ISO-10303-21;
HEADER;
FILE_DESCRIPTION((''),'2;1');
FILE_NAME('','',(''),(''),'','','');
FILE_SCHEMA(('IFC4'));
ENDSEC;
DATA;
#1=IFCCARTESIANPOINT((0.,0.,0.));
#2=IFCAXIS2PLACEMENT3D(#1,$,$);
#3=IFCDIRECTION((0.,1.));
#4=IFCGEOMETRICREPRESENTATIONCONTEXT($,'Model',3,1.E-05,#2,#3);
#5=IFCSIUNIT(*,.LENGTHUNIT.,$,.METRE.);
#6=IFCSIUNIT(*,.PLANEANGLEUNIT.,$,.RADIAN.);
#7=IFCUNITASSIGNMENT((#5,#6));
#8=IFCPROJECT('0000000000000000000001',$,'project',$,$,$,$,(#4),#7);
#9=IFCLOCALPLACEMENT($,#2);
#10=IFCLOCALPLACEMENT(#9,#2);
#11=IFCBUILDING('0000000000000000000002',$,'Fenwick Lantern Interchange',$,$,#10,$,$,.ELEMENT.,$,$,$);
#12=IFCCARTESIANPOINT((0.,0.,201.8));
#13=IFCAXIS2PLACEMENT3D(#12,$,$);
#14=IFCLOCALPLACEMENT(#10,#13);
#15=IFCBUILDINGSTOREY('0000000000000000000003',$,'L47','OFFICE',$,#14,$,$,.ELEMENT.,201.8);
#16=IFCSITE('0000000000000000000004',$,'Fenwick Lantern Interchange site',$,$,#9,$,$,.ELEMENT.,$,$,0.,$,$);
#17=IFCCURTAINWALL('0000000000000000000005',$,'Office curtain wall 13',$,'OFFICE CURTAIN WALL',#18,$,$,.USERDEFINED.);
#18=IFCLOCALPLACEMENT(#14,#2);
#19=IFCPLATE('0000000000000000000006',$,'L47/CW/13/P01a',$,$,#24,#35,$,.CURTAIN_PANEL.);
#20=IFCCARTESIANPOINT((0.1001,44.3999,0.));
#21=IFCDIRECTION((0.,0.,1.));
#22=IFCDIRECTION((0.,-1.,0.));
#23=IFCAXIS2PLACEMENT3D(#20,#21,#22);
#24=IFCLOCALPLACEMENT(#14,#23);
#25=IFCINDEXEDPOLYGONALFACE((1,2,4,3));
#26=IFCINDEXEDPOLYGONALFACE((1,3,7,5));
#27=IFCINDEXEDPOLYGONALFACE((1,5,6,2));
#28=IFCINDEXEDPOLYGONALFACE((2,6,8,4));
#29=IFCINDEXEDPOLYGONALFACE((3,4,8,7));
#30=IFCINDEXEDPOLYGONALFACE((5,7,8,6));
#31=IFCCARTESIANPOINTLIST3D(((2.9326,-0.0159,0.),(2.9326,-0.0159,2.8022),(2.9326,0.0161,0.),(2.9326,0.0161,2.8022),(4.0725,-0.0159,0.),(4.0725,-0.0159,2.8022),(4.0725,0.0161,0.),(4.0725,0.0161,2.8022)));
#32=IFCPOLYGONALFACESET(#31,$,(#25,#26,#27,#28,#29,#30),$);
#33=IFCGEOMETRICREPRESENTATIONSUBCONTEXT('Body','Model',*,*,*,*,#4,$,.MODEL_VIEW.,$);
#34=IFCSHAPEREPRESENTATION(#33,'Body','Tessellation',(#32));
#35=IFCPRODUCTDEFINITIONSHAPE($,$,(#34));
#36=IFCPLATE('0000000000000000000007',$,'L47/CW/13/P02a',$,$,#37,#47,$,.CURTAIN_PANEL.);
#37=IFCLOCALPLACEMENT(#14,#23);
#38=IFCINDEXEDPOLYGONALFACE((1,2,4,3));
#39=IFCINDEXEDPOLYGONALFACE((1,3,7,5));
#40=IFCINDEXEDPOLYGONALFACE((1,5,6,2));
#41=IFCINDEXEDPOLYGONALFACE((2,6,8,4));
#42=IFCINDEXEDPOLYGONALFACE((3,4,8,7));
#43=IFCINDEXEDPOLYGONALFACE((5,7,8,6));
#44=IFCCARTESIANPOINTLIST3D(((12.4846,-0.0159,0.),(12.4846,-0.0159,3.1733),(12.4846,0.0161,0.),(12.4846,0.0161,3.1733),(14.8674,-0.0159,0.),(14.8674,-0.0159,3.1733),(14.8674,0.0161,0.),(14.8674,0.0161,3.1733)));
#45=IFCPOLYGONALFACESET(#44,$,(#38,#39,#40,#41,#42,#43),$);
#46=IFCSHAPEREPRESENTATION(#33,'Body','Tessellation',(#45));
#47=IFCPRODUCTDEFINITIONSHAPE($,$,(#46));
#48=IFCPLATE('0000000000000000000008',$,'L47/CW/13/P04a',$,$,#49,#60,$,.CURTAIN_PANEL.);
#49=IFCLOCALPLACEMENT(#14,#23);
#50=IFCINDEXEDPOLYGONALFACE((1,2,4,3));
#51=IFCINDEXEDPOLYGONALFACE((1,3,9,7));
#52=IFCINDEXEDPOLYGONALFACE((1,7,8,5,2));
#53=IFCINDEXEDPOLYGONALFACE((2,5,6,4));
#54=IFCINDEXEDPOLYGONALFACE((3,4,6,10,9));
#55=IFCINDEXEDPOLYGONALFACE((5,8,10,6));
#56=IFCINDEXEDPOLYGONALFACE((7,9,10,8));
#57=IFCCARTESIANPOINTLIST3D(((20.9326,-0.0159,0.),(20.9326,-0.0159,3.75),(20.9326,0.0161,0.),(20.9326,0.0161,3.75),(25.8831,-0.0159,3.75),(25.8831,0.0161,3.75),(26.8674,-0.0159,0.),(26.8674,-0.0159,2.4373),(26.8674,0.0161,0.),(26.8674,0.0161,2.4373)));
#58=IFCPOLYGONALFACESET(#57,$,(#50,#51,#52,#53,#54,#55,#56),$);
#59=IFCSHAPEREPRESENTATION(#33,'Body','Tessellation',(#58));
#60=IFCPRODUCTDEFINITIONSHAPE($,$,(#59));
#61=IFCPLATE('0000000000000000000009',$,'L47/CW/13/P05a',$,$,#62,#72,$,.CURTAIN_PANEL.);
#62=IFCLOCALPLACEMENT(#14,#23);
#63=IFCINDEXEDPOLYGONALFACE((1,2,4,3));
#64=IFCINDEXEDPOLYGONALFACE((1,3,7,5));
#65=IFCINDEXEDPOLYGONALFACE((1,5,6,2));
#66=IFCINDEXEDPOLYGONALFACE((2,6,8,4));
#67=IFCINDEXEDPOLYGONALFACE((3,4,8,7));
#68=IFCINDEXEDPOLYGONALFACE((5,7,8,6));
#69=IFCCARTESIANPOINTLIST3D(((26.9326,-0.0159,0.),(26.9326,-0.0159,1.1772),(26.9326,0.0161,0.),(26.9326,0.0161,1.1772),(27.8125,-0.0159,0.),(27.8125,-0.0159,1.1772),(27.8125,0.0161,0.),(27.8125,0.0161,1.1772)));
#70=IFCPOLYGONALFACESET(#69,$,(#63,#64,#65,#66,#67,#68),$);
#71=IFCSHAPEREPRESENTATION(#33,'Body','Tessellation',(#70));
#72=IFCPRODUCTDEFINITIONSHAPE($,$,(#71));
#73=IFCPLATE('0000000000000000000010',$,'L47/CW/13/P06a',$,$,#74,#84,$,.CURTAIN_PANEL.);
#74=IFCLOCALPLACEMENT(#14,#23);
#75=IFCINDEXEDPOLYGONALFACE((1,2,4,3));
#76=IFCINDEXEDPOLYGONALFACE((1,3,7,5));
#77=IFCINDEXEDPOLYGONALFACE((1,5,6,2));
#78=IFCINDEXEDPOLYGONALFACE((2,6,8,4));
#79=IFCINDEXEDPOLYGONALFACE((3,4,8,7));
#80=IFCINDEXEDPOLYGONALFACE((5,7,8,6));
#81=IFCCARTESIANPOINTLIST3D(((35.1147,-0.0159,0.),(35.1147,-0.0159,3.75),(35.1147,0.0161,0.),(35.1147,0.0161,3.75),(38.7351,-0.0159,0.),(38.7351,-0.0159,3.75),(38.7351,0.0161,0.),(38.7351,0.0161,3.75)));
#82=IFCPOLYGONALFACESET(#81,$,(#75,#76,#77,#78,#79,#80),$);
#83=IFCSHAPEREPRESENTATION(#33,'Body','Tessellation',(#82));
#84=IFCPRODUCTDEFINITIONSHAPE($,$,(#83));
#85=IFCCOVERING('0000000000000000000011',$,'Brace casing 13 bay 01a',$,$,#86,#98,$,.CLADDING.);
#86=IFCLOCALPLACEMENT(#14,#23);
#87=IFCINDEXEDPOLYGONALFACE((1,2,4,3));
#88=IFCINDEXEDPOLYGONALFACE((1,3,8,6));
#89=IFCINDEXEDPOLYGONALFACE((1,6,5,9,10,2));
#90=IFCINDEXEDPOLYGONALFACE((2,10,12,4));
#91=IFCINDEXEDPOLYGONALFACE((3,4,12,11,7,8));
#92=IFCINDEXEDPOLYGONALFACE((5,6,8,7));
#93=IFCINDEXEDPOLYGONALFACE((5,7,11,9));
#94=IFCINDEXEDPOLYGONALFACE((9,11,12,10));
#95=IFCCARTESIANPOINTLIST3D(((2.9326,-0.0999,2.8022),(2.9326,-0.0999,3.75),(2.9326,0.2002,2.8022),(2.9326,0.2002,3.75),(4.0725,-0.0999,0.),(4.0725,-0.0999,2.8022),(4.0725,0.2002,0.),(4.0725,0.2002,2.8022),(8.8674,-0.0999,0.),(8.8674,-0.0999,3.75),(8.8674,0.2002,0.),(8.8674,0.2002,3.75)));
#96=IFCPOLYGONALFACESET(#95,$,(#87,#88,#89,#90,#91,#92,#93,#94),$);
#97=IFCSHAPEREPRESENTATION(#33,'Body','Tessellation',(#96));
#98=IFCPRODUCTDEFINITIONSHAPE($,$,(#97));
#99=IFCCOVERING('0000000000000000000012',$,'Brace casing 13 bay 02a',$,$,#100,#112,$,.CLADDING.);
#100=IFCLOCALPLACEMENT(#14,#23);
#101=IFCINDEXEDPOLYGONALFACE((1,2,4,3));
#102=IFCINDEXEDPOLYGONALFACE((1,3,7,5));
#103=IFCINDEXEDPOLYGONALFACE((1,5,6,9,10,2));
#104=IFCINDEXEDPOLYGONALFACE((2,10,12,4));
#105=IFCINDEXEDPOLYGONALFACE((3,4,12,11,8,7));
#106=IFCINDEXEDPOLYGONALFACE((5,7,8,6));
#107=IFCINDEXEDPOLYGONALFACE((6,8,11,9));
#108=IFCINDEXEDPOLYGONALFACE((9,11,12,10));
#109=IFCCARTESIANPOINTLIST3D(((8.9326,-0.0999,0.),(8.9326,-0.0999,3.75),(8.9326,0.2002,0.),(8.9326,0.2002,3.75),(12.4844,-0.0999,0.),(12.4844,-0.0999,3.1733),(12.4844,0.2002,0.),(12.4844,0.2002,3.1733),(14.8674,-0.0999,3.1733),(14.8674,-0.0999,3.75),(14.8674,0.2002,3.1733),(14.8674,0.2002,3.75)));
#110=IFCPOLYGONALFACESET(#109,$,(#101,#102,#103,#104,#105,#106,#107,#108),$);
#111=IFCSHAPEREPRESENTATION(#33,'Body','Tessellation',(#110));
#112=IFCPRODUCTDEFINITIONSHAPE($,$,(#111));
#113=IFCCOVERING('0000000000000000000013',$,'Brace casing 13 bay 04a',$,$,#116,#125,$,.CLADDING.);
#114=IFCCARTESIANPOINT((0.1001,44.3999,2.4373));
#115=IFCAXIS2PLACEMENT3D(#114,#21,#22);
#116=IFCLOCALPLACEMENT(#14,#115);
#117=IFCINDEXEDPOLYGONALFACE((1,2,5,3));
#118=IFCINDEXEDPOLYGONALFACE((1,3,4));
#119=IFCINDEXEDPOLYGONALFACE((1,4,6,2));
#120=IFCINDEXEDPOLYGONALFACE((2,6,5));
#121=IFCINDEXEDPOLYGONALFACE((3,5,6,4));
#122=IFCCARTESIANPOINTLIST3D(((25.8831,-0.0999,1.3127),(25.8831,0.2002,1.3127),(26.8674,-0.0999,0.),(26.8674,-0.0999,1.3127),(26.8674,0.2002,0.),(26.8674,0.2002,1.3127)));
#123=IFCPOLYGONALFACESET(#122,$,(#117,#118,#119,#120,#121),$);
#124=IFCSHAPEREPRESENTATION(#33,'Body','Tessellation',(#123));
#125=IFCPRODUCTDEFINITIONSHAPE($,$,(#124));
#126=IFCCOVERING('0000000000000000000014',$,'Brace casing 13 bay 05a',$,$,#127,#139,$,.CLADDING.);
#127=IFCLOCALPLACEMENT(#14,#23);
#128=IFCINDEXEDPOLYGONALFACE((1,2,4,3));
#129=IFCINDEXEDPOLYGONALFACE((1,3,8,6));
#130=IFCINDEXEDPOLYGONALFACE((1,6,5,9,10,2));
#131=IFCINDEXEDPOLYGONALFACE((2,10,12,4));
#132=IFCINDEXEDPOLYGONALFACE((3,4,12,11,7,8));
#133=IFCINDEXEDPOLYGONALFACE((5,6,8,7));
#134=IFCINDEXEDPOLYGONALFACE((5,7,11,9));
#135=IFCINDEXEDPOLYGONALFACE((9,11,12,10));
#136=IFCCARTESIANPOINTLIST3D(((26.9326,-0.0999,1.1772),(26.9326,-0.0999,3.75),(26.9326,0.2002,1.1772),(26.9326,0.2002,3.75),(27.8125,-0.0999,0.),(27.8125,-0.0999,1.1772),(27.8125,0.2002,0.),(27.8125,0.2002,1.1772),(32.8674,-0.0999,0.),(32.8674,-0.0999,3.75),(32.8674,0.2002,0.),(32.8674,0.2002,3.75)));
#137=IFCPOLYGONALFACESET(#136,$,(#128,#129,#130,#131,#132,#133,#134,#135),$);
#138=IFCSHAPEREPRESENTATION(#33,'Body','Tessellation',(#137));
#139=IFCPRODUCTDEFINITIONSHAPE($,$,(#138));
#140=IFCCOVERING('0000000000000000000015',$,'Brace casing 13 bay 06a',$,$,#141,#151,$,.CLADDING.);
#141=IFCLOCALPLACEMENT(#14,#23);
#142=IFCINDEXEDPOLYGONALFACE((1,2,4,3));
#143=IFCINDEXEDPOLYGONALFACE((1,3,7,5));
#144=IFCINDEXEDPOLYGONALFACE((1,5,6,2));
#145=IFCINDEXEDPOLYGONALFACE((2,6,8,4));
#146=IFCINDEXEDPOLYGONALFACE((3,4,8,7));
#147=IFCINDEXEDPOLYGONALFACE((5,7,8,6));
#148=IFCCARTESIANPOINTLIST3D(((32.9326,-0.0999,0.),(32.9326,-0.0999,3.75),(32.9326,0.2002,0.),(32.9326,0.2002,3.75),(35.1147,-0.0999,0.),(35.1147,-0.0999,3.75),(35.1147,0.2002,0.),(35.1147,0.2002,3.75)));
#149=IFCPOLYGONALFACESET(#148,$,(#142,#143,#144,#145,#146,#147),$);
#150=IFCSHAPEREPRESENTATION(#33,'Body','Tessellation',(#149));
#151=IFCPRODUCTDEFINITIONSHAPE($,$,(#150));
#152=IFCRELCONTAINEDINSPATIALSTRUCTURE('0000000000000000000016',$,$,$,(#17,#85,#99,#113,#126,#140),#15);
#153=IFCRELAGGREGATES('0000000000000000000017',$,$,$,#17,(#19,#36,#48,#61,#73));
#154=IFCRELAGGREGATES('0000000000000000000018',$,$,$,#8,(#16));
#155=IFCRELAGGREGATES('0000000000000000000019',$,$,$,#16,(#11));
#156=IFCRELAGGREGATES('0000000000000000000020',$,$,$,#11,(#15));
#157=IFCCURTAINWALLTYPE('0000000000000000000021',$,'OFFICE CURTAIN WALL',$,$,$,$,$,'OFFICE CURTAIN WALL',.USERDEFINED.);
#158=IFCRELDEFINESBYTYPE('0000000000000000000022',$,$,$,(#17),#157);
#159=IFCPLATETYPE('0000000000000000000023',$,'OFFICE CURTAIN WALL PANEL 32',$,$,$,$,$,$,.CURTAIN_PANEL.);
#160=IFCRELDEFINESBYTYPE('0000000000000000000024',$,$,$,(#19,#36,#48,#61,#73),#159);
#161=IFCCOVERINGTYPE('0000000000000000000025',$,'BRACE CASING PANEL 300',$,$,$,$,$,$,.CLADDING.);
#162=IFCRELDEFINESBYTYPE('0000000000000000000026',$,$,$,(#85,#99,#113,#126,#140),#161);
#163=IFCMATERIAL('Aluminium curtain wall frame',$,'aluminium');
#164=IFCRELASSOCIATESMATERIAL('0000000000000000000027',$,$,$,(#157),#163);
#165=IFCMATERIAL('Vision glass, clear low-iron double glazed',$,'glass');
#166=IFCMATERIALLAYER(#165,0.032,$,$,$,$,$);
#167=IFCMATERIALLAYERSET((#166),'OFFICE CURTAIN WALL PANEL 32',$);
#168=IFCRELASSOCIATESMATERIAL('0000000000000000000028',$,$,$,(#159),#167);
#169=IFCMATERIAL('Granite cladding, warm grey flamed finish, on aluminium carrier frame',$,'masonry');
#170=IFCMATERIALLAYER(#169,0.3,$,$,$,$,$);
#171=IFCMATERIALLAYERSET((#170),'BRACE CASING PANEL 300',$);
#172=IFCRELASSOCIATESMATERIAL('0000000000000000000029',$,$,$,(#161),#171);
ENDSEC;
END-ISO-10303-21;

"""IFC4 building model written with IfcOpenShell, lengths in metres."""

from ifc_helpers import new_model, si_unit, direction, frame, origin, place, context, subcontext, project, spatial, polyline, outline, extrude, material, layer, layer_set, type_object, element, aggregate, save


model = new_model("IFC4")

# Units and contexts
model_context = context("Model", 3, precision=1e-05, world=origin(), true_north=direction((0.0, 1.0)))
body_context = subcontext(model_context, "Body", "Model", "MODEL_VIEW")
ifc_project = project(units=[si_unit("LENGTHUNIT", "METRE"), si_unit("PLANEANGLEUNIT", "RADIAN")], contexts=[model_context])

# Site, building, storey
site_placement = place(None, origin())
site = spatial("IfcSite", under=ifc_project, at=site_placement, Name="Fenwick Lantern Interchange site", CompositionType="ELEMENT", RefElevation=0.0)
building_placement = place(site_placement, origin())
building = spatial("IfcBuilding", under=site, at=building_placement, Name="Fenwick Lantern Interchange", CompositionType="ELEMENT")
storey_placement = place(building_placement, frame((0.0, 0.0, 201.8)))
storey = spatial("IfcBuildingStorey", under=building, at=storey_placement, Name="L47", Description="OFFICE", CompositionType="ELEMENT", Elevation=201.8)

# Shared definitions
ifc_material_1 = material(Name="Aluminium curtain wall frame", Category="aluminium")
curtain_wall_type = type_object("IfcCurtainWallType", Name="OFFICE CURTAIN WALL", ElementType="OFFICE CURTAIN WALL", PredefinedType="USERDEFINED", material=ifc_material_1)

# Curtain wall
curtain_wall_1_placement = place(storey_placement, origin())
curtain_wall_1 = element("IfcCurtainWall", 1, at=curtain_wall_1_placement, inside=storey, type_object=curtain_wall_type, Name="Office curtain wall 13", ObjectType="OFFICE CURTAIN WALL", PredefinedType="USERDEFINED")

# Plates
ifc_material_2 = material(Name="Vision glass, clear low-iron double glazed", Category="glass")
ifc_layer_1 = layer(ifc_material_2, 0.032)
ifc_layer_set_1 = layer_set([ifc_layer_1], Name="OFFICE CURTAIN WALL PANEL 32")
plate_type = type_object("IfcPlateType", Name="OFFICE CURTAIN WALL PANEL 32", PredefinedType="CURTAIN_PANEL", material=ifc_layer_set_1)
plate_1_placement = place(storey_placement, frame((0.1001, 44.3999, 0.0), z_axis=(0.0, 0.0, 1.0), x_axis=(0.0, -1.0, 0.0)))
plate_1 = element("IfcPlate", 2, at=plate_1_placement, type_object=plate_type, Name="L47/CW/13/P01a", PredefinedType="CURTAIN_PANEL", context=body_context, shape_type="SweptSolid", body=[
    extrude(outline(polyline([(2.9326, 0.0), (4.0725, 0.0), (4.0725, 2.8022), (2.9326, 2.8022), (2.9326, 0.0)])), frame((0.0, 0.0161, 0.0), z_axis=(0.0, -1.0, 0.0), x_axis=(1.0, 0.0, 0.0)), (0.0, 0.0, 1.0), 0.032),
])
plate_2_placement = place(storey_placement, frame((0.1001, 44.3999, 0.0), z_axis=(0.0, 0.0, 1.0), x_axis=(0.0, -1.0, 0.0)))
plate_2 = element("IfcPlate", 3, at=plate_2_placement, type_object=plate_type, Name="L47/CW/13/P02a", PredefinedType="CURTAIN_PANEL", context=body_context, shape_type="SweptSolid", body=[
    extrude(outline(polyline([(12.4846, 0.0), (14.8674, 0.0), (14.8674, 3.1733), (12.4846, 3.1733), (12.4846, 0.0)])), frame((0.0, 0.0161, 0.0), z_axis=(0.0, -1.0, 0.0), x_axis=(1.0, 0.0, 0.0)), (0.0, 0.0, 1.0), 0.032),
])
plate_3_placement = place(storey_placement, frame((0.1001, 44.3999, 0.0), z_axis=(0.0, 0.0, 1.0), x_axis=(0.0, -1.0, 0.0)))
plate_3 = element("IfcPlate", 4, at=plate_3_placement, type_object=plate_type, Name="L47/CW/13/P04a", PredefinedType="CURTAIN_PANEL", context=body_context, shape_type="SweptSolid", body=[
    extrude(outline(polyline([(20.9326, 0.0), (26.8674, 0.0), (26.8674, 2.4373), (25.8831, 3.75), (20.9326, 3.75), (20.9326, 0.0)])), frame((0.0, 0.0161, 0.0), z_axis=(0.0, -1.0, 0.0), x_axis=(1.0, 0.0, 0.0)), (0.0, 0.0, 1.0), 0.032),
])
plate_4_placement = place(storey_placement, frame((0.1001, 44.3999, 0.0), z_axis=(0.0, 0.0, 1.0), x_axis=(0.0, -1.0, 0.0)))
plate_4 = element("IfcPlate", 5, at=plate_4_placement, type_object=plate_type, Name="L47/CW/13/P05a", PredefinedType="CURTAIN_PANEL", context=body_context, shape_type="SweptSolid", body=[
    extrude(outline(polyline([(26.9326, 0.0), (27.8125, 0.0), (27.8125, 1.1772), (26.9326, 1.1772), (26.9326, 0.0)])), frame((0.0, 0.0161, 0.0), z_axis=(0.0, -1.0, 0.0), x_axis=(1.0, 0.0, 0.0)), (0.0, 0.0, 1.0), 0.032),
])
plate_5_placement = place(storey_placement, frame((0.1001, 44.3999, 0.0), z_axis=(0.0, 0.0, 1.0), x_axis=(0.0, -1.0, 0.0)))
plate_5 = element("IfcPlate", 6, at=plate_5_placement, type_object=plate_type, Name="L47/CW/13/P06a", PredefinedType="CURTAIN_PANEL", context=body_context, shape_type="SweptSolid", body=[
    extrude(outline(polyline([(35.1147, 0.0), (38.7351, 0.0), (38.7351, 3.75), (35.1147, 3.75), (35.1147, 0.0)])), frame((0.0, 0.0161, 0.0), z_axis=(0.0, -1.0, 0.0), x_axis=(1.0, 0.0, 0.0)), (0.0, 0.0, 1.0), 0.032),
])
aggregate(curtain_wall_1, [plate_1, plate_2, plate_3, plate_4, plate_5])

# Coverings
ifc_material_3 = material(Name="Granite cladding, warm grey flamed finish, on aluminium carrier frame", Category="masonry")
ifc_layer_2 = layer(ifc_material_3, 0.3)
ifc_layer_set_2 = layer_set([ifc_layer_2], Name="BRACE CASING PANEL 300")
covering_type = type_object("IfcCoveringType", Name="BRACE CASING PANEL 300", PredefinedType="CLADDING", material=ifc_layer_set_2)
covering_1_placement = place(storey_placement, frame((0.1001, 44.3999, 0.0), z_axis=(0.0, 0.0, 1.0), x_axis=(0.0, -1.0, 0.0)))
element("IfcCovering", 7, at=covering_1_placement, inside=storey, type_object=covering_type, Name="Brace casing 13 bay 01a", PredefinedType="CLADDING", context=body_context, shape_type="SweptSolid", body=[
    extrude(outline(polyline([(4.0725, 0.0), (8.8674, 0.0), (8.8674, 3.75), (2.9326, 3.75), (2.9326, 2.8022), (4.0725, 2.8022), (4.0725, 0.0)])), frame((0.0, 0.2002, 0.0), z_axis=(0.0, -1.0, 0.0), x_axis=(1.0, 0.0, 0.0)), (0.0, 0.0, 1.0), 0.3),
])
covering_2_placement = place(storey_placement, frame((0.1001, 44.3999, 0.0), z_axis=(0.0, 0.0, 1.0), x_axis=(0.0, -1.0, 0.0)))
element("IfcCovering", 8, at=covering_2_placement, inside=storey, type_object=covering_type, Name="Brace casing 13 bay 02a", PredefinedType="CLADDING", context=body_context, shape_type="SweptSolid", body=[
    extrude(outline(polyline([(8.9326, 0.0), (12.4844, 0.0), (12.4844, 3.1733), (14.8674, 3.1733), (14.8674, 3.75), (8.9326, 3.75), (8.9326, 0.0)])), frame((0.0, 0.2002, 0.0), z_axis=(0.0, -1.0, 0.0), x_axis=(1.0, 0.0, 0.0)), (0.0, 0.0, 1.0), 0.3),
])
covering_3_placement = place(storey_placement, frame((0.1001, 44.3999, 2.4373), z_axis=(0.0, 0.0, 1.0), x_axis=(0.0, -1.0, 0.0)))
element("IfcCovering", 9, at=covering_3_placement, inside=storey, type_object=covering_type, Name="Brace casing 13 bay 04a", PredefinedType="CLADDING", context=body_context, shape_type="SweptSolid", body=[
    extrude(outline(polyline([(26.8674, 0.0), (26.8674, 1.3127), (25.8831, 1.3127), (26.8674, 0.0)])), frame((0.0, 0.2002, 0.0), z_axis=(0.0, -1.0, 0.0), x_axis=(1.0, 0.0, 0.0)), (0.0, 0.0, 1.0), 0.3),
])
covering_4_placement = place(storey_placement, frame((0.1001, 44.3999, 0.0), z_axis=(0.0, 0.0, 1.0), x_axis=(0.0, -1.0, 0.0)))
element("IfcCovering", 10, at=covering_4_placement, inside=storey, type_object=covering_type, Name="Brace casing 13 bay 05a", PredefinedType="CLADDING", context=body_context, shape_type="SweptSolid", body=[
    extrude(outline(polyline([(27.8125, 0.0), (32.8674, 0.0), (32.8674, 3.75), (26.9326, 3.75), (26.9326, 1.1772), (27.8125, 1.1772), (27.8125, 0.0)])), frame((0.0, 0.2002, 0.0), z_axis=(0.0, -1.0, 0.0), x_axis=(1.0, 0.0, 0.0)), (0.0, 0.0, 1.0), 0.3),
])
covering_5_placement = place(storey_placement, frame((0.1001, 44.3999, 0.0), z_axis=(0.0, 0.0, 1.0), x_axis=(0.0, -1.0, 0.0)))
element("IfcCovering", 11, at=covering_5_placement, inside=storey, type_object=covering_type, Name="Brace casing 13 bay 06a", PredefinedType="CLADDING", context=body_context, shape_type="SweptSolid", body=[
    extrude(outline(polyline([(32.9326, 0.0), (35.1147, 0.0), (35.1147, 3.75), (32.9326, 3.75), (32.9326, 0.0)])), frame((0.0, 0.2002, 0.0), z_axis=(0.0, -1.0, 0.0), x_axis=(1.0, 0.0, 0.0)), (0.0, 0.0, 1.0), 0.3),
])

save(model, "model.ifc")
